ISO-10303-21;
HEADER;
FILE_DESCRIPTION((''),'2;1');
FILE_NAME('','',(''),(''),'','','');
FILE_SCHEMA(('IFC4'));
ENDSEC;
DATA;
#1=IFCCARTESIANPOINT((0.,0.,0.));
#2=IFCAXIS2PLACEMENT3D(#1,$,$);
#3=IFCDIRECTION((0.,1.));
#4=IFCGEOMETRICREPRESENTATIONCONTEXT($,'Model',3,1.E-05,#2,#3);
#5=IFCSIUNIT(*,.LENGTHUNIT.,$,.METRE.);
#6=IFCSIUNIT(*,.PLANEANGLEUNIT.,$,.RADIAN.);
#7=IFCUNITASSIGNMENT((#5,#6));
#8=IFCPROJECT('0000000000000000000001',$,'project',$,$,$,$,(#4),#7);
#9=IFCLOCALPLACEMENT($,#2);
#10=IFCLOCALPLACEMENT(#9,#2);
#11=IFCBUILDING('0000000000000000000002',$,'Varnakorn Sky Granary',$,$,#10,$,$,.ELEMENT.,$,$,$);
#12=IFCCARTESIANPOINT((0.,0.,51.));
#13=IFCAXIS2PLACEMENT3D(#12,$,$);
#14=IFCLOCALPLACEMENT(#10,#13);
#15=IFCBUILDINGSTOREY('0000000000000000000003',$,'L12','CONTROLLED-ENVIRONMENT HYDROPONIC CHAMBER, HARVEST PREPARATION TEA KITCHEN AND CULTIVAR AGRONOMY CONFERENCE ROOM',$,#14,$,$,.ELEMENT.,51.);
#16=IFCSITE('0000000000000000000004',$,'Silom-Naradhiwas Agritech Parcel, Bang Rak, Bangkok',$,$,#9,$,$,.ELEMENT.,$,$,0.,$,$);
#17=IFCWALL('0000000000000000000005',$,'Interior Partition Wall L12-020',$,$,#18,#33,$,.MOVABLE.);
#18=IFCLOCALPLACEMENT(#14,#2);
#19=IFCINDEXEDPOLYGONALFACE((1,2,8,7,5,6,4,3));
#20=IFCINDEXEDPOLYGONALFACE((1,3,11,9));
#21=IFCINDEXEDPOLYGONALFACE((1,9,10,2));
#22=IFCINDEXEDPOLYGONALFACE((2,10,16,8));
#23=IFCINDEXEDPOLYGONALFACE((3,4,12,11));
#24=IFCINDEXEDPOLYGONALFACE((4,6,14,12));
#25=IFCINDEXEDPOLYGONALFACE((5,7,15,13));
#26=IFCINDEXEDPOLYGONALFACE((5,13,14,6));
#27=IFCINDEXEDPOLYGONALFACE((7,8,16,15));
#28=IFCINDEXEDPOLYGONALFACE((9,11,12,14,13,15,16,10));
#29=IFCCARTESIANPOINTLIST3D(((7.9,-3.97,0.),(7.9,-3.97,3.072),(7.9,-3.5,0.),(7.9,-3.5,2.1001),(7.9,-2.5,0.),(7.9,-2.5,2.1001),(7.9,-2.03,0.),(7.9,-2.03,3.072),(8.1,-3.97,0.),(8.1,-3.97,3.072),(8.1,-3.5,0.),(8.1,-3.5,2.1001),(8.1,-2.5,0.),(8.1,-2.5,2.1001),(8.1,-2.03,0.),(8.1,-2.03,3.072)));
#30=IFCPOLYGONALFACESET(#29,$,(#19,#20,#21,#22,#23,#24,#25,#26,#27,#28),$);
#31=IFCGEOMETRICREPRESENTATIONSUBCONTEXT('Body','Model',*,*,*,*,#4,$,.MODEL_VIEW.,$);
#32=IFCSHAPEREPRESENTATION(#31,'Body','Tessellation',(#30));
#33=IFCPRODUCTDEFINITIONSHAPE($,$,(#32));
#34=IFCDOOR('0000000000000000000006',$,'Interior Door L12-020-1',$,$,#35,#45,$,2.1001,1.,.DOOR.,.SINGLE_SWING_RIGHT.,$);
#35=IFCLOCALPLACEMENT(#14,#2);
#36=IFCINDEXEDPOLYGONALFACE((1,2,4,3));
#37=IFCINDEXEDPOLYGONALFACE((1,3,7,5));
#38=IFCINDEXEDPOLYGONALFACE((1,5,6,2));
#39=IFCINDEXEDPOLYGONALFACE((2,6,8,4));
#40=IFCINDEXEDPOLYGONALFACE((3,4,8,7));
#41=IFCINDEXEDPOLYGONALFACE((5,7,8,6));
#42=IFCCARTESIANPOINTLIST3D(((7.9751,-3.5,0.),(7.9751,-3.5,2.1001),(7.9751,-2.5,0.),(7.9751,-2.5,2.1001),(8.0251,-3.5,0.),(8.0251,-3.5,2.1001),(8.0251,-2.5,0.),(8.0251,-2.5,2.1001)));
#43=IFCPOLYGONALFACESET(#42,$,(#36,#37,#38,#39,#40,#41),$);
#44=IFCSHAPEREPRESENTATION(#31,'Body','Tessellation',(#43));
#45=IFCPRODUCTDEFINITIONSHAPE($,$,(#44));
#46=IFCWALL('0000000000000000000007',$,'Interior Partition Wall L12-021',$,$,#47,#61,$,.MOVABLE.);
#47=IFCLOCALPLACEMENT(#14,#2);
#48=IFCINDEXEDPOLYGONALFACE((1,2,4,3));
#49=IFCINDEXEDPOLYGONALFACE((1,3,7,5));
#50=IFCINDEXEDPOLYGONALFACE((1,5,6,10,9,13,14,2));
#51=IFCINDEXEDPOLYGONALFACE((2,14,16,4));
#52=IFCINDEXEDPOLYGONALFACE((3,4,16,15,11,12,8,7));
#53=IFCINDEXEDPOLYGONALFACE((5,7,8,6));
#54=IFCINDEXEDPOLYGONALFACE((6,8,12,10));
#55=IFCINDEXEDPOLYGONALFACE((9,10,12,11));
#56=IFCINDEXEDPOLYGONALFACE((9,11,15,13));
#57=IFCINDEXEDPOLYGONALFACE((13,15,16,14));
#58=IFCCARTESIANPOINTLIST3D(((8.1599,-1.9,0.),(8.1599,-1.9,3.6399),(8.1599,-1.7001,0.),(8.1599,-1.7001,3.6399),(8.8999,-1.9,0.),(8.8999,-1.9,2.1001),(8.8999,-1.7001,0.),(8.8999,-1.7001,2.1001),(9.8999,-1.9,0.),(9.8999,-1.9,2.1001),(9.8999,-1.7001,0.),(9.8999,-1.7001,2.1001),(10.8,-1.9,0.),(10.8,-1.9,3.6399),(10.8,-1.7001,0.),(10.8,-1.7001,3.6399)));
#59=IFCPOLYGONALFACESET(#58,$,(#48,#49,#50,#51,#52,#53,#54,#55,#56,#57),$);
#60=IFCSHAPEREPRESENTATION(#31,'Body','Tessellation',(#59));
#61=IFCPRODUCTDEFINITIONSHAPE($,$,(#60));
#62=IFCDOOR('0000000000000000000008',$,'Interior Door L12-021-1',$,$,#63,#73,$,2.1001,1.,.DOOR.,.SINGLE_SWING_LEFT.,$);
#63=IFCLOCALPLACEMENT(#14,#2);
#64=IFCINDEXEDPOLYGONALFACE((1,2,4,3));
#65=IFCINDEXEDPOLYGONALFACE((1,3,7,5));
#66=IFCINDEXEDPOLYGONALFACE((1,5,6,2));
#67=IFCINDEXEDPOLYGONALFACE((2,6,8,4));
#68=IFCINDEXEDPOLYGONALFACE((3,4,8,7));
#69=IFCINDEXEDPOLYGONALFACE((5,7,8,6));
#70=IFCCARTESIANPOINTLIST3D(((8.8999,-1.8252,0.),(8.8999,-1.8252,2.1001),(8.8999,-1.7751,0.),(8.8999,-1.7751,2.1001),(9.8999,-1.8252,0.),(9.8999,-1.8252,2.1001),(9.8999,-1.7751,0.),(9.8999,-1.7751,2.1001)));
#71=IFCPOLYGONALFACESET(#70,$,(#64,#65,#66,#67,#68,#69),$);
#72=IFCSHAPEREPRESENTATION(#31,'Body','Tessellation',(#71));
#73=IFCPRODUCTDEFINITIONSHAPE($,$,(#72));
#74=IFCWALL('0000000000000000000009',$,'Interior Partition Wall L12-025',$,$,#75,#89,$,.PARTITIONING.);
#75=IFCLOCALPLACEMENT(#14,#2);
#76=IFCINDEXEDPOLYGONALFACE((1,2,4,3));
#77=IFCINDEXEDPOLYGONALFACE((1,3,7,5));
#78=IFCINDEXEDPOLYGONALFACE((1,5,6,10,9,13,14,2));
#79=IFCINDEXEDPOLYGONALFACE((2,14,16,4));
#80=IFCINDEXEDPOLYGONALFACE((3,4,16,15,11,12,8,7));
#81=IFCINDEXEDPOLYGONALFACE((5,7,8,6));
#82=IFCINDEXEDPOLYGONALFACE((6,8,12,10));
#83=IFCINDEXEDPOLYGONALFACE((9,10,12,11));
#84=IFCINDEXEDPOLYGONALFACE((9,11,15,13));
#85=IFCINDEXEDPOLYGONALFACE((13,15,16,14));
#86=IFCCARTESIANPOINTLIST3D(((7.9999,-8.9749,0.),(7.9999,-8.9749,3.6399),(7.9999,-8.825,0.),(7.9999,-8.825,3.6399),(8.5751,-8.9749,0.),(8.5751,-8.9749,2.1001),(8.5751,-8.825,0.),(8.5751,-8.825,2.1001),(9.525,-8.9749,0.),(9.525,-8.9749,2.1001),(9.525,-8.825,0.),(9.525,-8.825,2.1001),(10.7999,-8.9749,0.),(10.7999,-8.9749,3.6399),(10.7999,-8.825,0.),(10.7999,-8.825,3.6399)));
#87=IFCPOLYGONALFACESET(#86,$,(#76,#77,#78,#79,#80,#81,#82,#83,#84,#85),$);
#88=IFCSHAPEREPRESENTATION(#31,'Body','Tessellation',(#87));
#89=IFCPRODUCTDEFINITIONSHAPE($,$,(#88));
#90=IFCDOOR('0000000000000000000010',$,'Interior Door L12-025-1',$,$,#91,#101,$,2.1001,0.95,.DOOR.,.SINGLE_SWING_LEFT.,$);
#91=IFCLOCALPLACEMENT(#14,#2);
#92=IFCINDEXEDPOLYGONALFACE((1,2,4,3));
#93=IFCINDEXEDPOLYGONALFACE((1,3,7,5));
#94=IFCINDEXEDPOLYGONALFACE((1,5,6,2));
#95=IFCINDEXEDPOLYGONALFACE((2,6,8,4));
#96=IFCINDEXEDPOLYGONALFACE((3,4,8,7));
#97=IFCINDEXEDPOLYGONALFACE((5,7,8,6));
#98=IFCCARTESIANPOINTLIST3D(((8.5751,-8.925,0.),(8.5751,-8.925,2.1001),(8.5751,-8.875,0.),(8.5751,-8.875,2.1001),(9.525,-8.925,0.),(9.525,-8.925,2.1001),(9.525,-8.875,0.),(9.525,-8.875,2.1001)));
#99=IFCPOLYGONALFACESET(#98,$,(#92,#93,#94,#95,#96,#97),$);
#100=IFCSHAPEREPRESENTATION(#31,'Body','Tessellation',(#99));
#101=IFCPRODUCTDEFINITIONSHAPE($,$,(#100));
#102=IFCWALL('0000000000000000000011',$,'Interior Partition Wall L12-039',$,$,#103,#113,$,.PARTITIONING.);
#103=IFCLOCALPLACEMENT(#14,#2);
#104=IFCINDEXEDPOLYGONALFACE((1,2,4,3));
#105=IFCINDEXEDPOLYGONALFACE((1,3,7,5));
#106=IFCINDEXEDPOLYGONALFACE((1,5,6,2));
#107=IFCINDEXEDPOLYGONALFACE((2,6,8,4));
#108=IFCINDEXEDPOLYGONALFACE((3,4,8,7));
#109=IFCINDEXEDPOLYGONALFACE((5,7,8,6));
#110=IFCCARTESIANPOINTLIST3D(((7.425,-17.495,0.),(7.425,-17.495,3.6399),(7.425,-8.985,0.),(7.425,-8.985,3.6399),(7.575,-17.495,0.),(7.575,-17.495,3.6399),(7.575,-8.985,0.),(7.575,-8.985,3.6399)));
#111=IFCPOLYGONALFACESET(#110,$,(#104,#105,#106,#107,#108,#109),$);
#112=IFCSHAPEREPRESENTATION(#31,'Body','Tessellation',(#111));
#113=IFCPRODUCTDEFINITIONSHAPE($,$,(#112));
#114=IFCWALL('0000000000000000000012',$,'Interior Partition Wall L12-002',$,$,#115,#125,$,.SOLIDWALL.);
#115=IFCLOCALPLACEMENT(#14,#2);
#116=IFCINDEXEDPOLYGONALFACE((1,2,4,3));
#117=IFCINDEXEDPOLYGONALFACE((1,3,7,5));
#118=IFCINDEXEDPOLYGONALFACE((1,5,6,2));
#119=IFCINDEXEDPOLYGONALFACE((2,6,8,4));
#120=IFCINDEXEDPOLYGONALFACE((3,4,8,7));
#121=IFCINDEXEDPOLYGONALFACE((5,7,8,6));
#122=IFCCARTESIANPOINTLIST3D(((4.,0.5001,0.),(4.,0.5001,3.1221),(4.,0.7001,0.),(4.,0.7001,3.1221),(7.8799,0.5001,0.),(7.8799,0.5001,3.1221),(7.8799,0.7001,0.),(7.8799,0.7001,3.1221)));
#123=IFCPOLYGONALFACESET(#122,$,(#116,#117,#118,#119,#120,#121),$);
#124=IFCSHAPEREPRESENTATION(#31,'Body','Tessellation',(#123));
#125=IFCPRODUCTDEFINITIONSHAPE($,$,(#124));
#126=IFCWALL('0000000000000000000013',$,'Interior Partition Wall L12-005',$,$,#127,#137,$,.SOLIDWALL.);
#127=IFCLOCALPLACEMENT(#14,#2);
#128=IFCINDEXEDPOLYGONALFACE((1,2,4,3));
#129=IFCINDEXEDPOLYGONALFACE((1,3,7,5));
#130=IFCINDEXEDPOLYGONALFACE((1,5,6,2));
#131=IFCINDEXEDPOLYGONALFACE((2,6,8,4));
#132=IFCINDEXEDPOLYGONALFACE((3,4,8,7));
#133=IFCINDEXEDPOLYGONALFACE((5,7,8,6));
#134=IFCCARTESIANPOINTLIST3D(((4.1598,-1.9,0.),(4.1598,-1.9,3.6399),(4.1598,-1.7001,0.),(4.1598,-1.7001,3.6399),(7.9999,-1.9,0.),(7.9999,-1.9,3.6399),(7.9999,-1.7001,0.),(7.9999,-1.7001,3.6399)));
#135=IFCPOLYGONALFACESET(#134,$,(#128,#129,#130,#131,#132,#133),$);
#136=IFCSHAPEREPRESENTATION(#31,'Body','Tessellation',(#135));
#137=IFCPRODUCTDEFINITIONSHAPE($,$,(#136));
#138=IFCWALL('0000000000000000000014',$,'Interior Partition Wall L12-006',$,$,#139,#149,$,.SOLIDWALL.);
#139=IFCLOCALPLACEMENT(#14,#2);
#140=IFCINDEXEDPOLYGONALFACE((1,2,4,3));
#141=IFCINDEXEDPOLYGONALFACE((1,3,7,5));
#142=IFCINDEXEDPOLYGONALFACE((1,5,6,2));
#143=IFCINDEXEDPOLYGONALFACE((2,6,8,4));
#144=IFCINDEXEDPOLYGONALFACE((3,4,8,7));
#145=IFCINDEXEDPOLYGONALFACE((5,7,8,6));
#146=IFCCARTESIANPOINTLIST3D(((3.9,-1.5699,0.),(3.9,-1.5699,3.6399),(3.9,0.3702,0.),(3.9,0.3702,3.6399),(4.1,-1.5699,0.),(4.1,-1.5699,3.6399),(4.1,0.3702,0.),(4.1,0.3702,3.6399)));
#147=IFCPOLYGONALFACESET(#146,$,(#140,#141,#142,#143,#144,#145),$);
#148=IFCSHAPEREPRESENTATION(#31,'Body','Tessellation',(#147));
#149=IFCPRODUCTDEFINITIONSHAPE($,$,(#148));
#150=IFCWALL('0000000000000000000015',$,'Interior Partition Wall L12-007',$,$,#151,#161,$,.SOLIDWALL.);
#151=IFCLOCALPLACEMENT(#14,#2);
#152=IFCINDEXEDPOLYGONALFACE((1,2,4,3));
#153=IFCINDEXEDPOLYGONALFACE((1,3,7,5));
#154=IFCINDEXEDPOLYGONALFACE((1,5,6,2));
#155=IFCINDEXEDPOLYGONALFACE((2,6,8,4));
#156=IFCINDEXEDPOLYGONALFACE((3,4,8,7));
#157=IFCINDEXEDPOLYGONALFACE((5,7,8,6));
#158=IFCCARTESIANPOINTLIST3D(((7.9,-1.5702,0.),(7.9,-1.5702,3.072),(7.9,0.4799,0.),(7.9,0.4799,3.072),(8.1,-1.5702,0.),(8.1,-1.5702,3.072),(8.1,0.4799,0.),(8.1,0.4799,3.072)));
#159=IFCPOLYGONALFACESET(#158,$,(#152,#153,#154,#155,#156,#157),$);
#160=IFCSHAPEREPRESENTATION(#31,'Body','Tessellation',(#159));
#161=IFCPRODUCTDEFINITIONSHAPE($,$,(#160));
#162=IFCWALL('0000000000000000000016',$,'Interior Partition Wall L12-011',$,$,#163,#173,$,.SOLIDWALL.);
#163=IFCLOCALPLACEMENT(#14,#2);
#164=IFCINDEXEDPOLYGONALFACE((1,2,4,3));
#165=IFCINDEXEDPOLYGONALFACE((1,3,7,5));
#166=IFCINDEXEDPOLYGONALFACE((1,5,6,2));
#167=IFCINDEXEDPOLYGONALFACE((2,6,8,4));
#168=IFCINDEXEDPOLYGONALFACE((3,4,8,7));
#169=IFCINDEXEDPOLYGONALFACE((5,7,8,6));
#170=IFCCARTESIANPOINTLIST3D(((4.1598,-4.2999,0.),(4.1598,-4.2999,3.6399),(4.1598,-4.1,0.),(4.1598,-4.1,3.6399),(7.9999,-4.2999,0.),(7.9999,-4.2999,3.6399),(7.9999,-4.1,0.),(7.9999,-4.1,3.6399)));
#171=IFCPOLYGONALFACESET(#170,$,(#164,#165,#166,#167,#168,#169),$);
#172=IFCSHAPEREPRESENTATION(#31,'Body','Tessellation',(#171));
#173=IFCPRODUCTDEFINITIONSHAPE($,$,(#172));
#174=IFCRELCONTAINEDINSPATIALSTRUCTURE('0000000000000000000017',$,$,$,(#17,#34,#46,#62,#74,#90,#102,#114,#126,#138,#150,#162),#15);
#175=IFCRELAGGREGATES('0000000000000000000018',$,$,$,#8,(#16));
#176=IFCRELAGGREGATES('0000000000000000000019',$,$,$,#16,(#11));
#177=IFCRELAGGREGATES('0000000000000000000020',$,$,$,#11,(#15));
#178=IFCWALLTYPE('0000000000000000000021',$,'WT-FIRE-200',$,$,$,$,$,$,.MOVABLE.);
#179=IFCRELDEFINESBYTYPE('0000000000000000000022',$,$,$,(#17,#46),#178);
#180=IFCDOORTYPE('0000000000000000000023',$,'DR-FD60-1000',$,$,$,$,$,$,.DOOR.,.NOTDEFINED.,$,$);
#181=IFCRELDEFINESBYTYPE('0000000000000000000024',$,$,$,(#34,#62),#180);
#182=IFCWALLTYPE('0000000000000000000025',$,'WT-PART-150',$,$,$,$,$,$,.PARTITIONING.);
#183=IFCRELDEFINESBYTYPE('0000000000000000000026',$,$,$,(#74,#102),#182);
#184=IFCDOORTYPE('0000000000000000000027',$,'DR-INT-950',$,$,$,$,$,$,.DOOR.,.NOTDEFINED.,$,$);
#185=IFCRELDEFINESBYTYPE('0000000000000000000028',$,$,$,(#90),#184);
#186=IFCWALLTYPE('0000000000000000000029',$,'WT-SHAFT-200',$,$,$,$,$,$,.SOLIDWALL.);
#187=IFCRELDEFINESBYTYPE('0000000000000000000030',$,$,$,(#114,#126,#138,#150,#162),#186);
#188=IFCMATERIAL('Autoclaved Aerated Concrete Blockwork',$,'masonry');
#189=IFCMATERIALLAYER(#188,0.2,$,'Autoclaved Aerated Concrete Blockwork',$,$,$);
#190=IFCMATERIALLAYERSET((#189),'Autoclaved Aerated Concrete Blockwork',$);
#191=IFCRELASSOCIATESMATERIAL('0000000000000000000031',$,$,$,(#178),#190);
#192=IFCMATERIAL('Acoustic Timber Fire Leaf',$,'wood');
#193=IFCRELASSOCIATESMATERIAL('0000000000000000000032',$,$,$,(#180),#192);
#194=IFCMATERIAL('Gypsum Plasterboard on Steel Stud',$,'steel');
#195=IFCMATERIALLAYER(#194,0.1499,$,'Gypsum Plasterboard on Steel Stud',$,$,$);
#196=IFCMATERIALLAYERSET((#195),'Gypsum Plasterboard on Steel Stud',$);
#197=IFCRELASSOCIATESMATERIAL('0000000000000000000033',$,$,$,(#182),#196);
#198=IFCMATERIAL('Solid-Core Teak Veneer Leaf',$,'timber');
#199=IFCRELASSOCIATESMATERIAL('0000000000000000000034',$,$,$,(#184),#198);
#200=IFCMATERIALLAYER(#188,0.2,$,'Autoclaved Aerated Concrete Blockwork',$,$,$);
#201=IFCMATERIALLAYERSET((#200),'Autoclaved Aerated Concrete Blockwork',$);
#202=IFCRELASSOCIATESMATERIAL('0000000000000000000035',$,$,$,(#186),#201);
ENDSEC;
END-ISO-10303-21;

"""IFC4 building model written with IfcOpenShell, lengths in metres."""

from ifc_helpers import new_model, si_unit, direction, frame, frame_2d, origin, place, context, subcontext, project, spatial, rectangle, extrude, material, layer, layer_set, type_object, element, fill, save


model = new_model("IFC4")

# Units and contexts
model_context = context("Model", 3, precision=1e-05, world=origin(), true_north=direction((0.0, 1.0)))
body_context = subcontext(model_context, "Body", "Model", "MODEL_VIEW")
ifc_project = project(units=[si_unit("LENGTHUNIT", "METRE"), si_unit("PLANEANGLEUNIT", "RADIAN")], contexts=[model_context])

# Site, building, storey
site_placement = place(None, origin())
site = spatial("IfcSite", under=ifc_project, at=site_placement, Name="Silom-Naradhiwas Agritech Parcel, Bang Rak, Bangkok", CompositionType="ELEMENT", RefElevation=0.0)
building_placement = place(site_placement, origin())
building = spatial("IfcBuilding", under=site, at=building_placement, Name="Varnakorn Sky Granary", CompositionType="ELEMENT")
storey_placement = place(building_placement, frame((0.0, 0.0, 51.0)))
storey = spatial("IfcBuildingStorey", under=building, at=storey_placement, Name="L12", Description="CONTROLLED-ENVIRONMENT HYDROPONIC CHAMBER, HARVEST PREPARATION TEA KITCHEN AND CULTIVAR AGRONOMY CONFERENCE ROOM", CompositionType="ELEMENT", Elevation=51.0)

# Walls, openings, doors
ifc_material_1 = material(Name="Autoclaved Aerated Concrete Blockwork", Category="masonry")
ifc_layer_1 = layer(ifc_material_1, 0.2, Name="Autoclaved Aerated Concrete Blockwork")
ifc_layer_set_1 = layer_set([ifc_layer_1], Name="Autoclaved Aerated Concrete Blockwork")
wall_type_1 = type_object("IfcWallType", Name="WT-FIRE-200", PredefinedType="MOVABLE", material=ifc_layer_set_1)
ifc_material_2 = material(Name="Acoustic Timber Fire Leaf", Category="wood")
door_type_1 = type_object("IfcDoorType", Name="DR-FD60-1000", OperationType="NOTDEFINED", PredefinedType="DOOR", material=ifc_material_2)
wall_1_placement = place(storey_placement, frame((8.0, -3.97, 0.0), z_axis=(0.0, 0.0, 1.0), x_axis=(0.0, 1.0, 0.0)))
wall_1 = element("IfcWall", 1, at=wall_1_placement, inside=storey, type_object=wall_type_1, Name="Interior Partition Wall L12-020", PredefinedType="MOVABLE", context=body_context, shape_type="SweptSolid", body=[
    extrude(rectangle(XDim=1.9399, YDim=0.2, at=frame_2d((0.97, 0.0))), origin(), (0.0, 0.0, 1.0), 3.072),
])
opening_1_placement = place(wall_1_placement, frame((0.47, 0.0, 0.0)))
opening_1 = element("IfcOpeningElement", 2, at=opening_1_placement, cuts=wall_1, PredefinedType="OPENING", context=body_context, shape_type="SweptSolid", body=[
    extrude(rectangle(XDim=1.0, YDim=2.1001, at=frame_2d((0.5, 1.05))), frame((0.0, 0.1099, 0.0), z_axis=(0.0, -1.0, 0.0), x_axis=(1.0, 0.0, 0.0)), (0.0, 0.0, 1.0), 0.22),
])
door_1_placement = place(opening_1_placement, origin())
door_1 = element("IfcDoor", 3, at=door_1_placement, inside=storey, type_object=door_type_1, Name="Interior Door L12-020-1", OperationType="SINGLE_SWING_RIGHT", OverallHeight=2.1001, OverallWidth=1.0, PredefinedType="DOOR", context=body_context, shape_type="SweptSolid", body=[
    extrude(rectangle(XDim=1.0, YDim=2.1001, at=frame_2d((0.5, 1.05))), frame((0.0, 0.0249, 0.0), z_axis=(0.0, -1.0, 0.0), x_axis=(1.0, 0.0, 0.0)), (0.0, 0.0, 1.0), 0.05),
])
fill(opening_1, door_1)
wall_2_placement = place(storey_placement, frame((8.1599, -1.8, 0.0), z_axis=(0.0, 0.0, 1.0), x_axis=(1.0, 0.0, 0.0)))
wall_2 = element("IfcWall", 4, at=wall_2_placement, inside=storey, type_object=wall_type_1, Name="Interior Partition Wall L12-021", PredefinedType="MOVABLE", context=body_context, shape_type="SweptSolid", body=[
    extrude(rectangle(XDim=2.6401, YDim=0.2, at=frame_2d((1.3201, 0.0))), origin(), (0.0, 0.0, 1.0), 3.6399),
])
opening_2_placement = place(wall_2_placement, frame((0.74, 0.0, 0.0)))
opening_2 = element("IfcOpeningElement", 5, at=opening_2_placement, cuts=wall_2, PredefinedType="OPENING", context=body_context, shape_type="SweptSolid", body=[
    extrude(rectangle(XDim=1.0, YDim=2.1001, at=frame_2d((0.5, 1.05))), frame((0.0, 0.1099, 0.0), z_axis=(0.0, -1.0, 0.0), x_axis=(1.0, 0.0, 0.0)), (0.0, 0.0, 1.0), 0.22),
])
door_2_placement = place(opening_2_placement, origin())
door_2 = element("IfcDoor", 6, at=door_2_placement, inside=storey, type_object=door_type_1, Name="Interior Door L12-021-1", OperationType="SINGLE_SWING_LEFT", OverallHeight=2.1001, OverallWidth=1.0, PredefinedType="DOOR", context=body_context, shape_type="SweptSolid", body=[
    extrude(rectangle(XDim=1.0, YDim=2.1001, at=frame_2d((0.5, 1.05))), frame((0.0, 0.0249, 0.0), z_axis=(0.0, -1.0, 0.0), x_axis=(1.0, 0.0, 0.0)), (0.0, 0.0, 1.0), 0.05),
])
fill(opening_2, door_2)
ifc_material_3 = material(Name="Gypsum Plasterboard on Steel Stud", Category="steel")
ifc_layer_2 = layer(ifc_material_3, 0.1499, Name="Gypsum Plasterboard on Steel Stud")
ifc_layer_set_2 = layer_set([ifc_layer_2], Name="Gypsum Plasterboard on Steel Stud")
wall_type_2 = type_object("IfcWallType", Name="WT-PART-150", PredefinedType="PARTITIONING", material=ifc_layer_set_2)
wall_3_placement = place(storey_placement, frame((8.0, -8.8999, 0.0), z_axis=(0.0, 0.0, 1.0), x_axis=(1.0, 0.0, 0.0)))
wall_3 = element("IfcWall", 7, at=wall_3_placement, inside=storey, type_object=wall_type_2, Name="Interior Partition Wall L12-025", PredefinedType="PARTITIONING", context=body_context, shape_type="SweptSolid", body=[
    extrude(rectangle(XDim=2.8, YDim=0.1499, at=frame_2d((1.3999, 0.0))), origin(), (0.0, 0.0, 1.0), 3.6399),
])
opening_3_placement = place(wall_3_placement, frame((0.575, 0.0, 0.0)))
opening_3 = element("IfcOpeningElement", 8, at=opening_3_placement, cuts=wall_3, PredefinedType="OPENING", context=body_context, shape_type="SweptSolid", body=[
    extrude(rectangle(XDim=0.95, YDim=2.1001, at=frame_2d((0.4751, 1.05))), frame((0.0, 0.085, 0.0), z_axis=(0.0, -1.0, 0.0), x_axis=(1.0, 0.0, 0.0)), (0.0, 0.0, 1.0), 0.1699),
])
ifc_material_4 = material(Name="Solid-Core Teak Veneer Leaf", Category="timber")
door_type_2 = type_object("IfcDoorType", Name="DR-INT-950", OperationType="NOTDEFINED", PredefinedType="DOOR", material=ifc_material_4)
door_3_placement = place(opening_3_placement, origin())
door_3 = element("IfcDoor", 9, at=door_3_placement, inside=storey, type_object=door_type_2, Name="Interior Door L12-025-1", OperationType="SINGLE_SWING_LEFT", OverallHeight=2.1001, OverallWidth=0.95, PredefinedType="DOOR", context=body_context, shape_type="SweptSolid", body=[
    extrude(rectangle(XDim=0.95, YDim=2.1001, at=frame_2d((0.4751, 1.05))), frame((0.0, 0.0249, 0.0), z_axis=(0.0, -1.0, 0.0), x_axis=(1.0, 0.0, 0.0)), (0.0, 0.0, 1.0), 0.05),
])
fill(opening_3, door_3)

# Walls
wall_4_placement = place(storey_placement, frame((7.5, -8.9851, 0.0), z_axis=(0.0, 0.0, 1.0), x_axis=(0.0, -1.0, 0.0)))
element("IfcWall", 10, at=wall_4_placement, inside=storey, type_object=wall_type_2, Name="Interior Partition Wall L12-039", PredefinedType="PARTITIONING", context=body_context, shape_type="SweptSolid", body=[
    extrude(rectangle(XDim=8.51, YDim=0.1499, at=frame_2d((4.2549, 0.0))), origin(), (0.0, 0.0, 1.0), 3.6399),
])
ifc_layer_3 = layer(ifc_material_1, 0.2, Name="Autoclaved Aerated Concrete Blockwork")
ifc_layer_set_3 = layer_set([ifc_layer_3], Name="Autoclaved Aerated Concrete Blockwork")
wall_type_3 = type_object("IfcWallType", Name="WT-SHAFT-200", PredefinedType="SOLIDWALL", material=ifc_layer_set_3)
wall_5_placement = place(storey_placement, frame((4.0, 0.6001, 0.0), z_axis=(0.0, 0.0, 1.0), x_axis=(1.0, 0.0, 0.0)))
element("IfcWall", 11, at=wall_5_placement, inside=storey, type_object=wall_type_3, Name="Interior Partition Wall L12-002", PredefinedType="SOLIDWALL", context=body_context, shape_type="SweptSolid", body=[
    extrude(rectangle(XDim=3.8799, YDim=0.2, at=frame_2d((1.9399, 0.0))), origin(), (0.0, 0.0, 1.0), 3.1221),
])
wall_6_placement = place(storey_placement, frame((4.1599, -1.8, 0.0), z_axis=(0.0, 0.0, 1.0), x_axis=(1.0, 0.0, 0.0)))
element("IfcWall", 12, at=wall_6_placement, inside=storey, type_object=wall_type_3, Name="Interior Partition Wall L12-005", PredefinedType="SOLIDWALL", context=body_context, shape_type="SweptSolid", body=[
    extrude(rectangle(XDim=3.8401, YDim=0.2, at=frame_2d((1.9199, 0.0))), origin(), (0.0, 0.0, 1.0), 3.6399),
])
wall_7_placement = place(storey_placement, frame((4.0, -1.5701, 0.0), z_axis=(0.0, 0.0, 1.0), x_axis=(0.0, 1.0, 0.0)))
element("IfcWall", 13, at=wall_7_placement, inside=storey, type_object=wall_type_3, Name="Interior Partition Wall L12-006", PredefinedType="SOLIDWALL", context=body_context, shape_type="SweptSolid", body=[
    extrude(rectangle(XDim=1.9402, YDim=0.2, at=frame_2d((0.9702, 0.0))), origin(), (0.0, 0.0, 1.0), 3.6399),
])
wall_8_placement = place(storey_placement, frame((8.0, -1.5701, 0.0), z_axis=(0.0, 0.0, 1.0), x_axis=(0.0, 1.0, 0.0)))
element("IfcWall", 14, at=wall_8_placement, inside=storey, type_object=wall_type_3, Name="Interior Partition Wall L12-007", PredefinedType="SOLIDWALL", context=body_context, shape_type="SweptSolid", body=[
    extrude(rectangle(XDim=2.05, YDim=0.2, at=frame_2d((1.0249, 0.0))), origin(), (0.0, 0.0, 1.0), 3.072),
])
wall_9_placement = place(storey_placement, frame((4.1599, -4.2, 0.0), z_axis=(0.0, 0.0, 1.0), x_axis=(1.0, 0.0, 0.0)))
element("IfcWall", 15, at=wall_9_placement, inside=storey, type_object=wall_type_3, Name="Interior Partition Wall L12-011", PredefinedType="SOLIDWALL", context=body_context, shape_type="SweptSolid", body=[
    extrude(rectangle(XDim=3.8401, YDim=0.2, at=frame_2d((1.9199, 0.0))), origin(), (0.0, 0.0, 1.0), 3.6399),
])

save(model, "model.ifc")
